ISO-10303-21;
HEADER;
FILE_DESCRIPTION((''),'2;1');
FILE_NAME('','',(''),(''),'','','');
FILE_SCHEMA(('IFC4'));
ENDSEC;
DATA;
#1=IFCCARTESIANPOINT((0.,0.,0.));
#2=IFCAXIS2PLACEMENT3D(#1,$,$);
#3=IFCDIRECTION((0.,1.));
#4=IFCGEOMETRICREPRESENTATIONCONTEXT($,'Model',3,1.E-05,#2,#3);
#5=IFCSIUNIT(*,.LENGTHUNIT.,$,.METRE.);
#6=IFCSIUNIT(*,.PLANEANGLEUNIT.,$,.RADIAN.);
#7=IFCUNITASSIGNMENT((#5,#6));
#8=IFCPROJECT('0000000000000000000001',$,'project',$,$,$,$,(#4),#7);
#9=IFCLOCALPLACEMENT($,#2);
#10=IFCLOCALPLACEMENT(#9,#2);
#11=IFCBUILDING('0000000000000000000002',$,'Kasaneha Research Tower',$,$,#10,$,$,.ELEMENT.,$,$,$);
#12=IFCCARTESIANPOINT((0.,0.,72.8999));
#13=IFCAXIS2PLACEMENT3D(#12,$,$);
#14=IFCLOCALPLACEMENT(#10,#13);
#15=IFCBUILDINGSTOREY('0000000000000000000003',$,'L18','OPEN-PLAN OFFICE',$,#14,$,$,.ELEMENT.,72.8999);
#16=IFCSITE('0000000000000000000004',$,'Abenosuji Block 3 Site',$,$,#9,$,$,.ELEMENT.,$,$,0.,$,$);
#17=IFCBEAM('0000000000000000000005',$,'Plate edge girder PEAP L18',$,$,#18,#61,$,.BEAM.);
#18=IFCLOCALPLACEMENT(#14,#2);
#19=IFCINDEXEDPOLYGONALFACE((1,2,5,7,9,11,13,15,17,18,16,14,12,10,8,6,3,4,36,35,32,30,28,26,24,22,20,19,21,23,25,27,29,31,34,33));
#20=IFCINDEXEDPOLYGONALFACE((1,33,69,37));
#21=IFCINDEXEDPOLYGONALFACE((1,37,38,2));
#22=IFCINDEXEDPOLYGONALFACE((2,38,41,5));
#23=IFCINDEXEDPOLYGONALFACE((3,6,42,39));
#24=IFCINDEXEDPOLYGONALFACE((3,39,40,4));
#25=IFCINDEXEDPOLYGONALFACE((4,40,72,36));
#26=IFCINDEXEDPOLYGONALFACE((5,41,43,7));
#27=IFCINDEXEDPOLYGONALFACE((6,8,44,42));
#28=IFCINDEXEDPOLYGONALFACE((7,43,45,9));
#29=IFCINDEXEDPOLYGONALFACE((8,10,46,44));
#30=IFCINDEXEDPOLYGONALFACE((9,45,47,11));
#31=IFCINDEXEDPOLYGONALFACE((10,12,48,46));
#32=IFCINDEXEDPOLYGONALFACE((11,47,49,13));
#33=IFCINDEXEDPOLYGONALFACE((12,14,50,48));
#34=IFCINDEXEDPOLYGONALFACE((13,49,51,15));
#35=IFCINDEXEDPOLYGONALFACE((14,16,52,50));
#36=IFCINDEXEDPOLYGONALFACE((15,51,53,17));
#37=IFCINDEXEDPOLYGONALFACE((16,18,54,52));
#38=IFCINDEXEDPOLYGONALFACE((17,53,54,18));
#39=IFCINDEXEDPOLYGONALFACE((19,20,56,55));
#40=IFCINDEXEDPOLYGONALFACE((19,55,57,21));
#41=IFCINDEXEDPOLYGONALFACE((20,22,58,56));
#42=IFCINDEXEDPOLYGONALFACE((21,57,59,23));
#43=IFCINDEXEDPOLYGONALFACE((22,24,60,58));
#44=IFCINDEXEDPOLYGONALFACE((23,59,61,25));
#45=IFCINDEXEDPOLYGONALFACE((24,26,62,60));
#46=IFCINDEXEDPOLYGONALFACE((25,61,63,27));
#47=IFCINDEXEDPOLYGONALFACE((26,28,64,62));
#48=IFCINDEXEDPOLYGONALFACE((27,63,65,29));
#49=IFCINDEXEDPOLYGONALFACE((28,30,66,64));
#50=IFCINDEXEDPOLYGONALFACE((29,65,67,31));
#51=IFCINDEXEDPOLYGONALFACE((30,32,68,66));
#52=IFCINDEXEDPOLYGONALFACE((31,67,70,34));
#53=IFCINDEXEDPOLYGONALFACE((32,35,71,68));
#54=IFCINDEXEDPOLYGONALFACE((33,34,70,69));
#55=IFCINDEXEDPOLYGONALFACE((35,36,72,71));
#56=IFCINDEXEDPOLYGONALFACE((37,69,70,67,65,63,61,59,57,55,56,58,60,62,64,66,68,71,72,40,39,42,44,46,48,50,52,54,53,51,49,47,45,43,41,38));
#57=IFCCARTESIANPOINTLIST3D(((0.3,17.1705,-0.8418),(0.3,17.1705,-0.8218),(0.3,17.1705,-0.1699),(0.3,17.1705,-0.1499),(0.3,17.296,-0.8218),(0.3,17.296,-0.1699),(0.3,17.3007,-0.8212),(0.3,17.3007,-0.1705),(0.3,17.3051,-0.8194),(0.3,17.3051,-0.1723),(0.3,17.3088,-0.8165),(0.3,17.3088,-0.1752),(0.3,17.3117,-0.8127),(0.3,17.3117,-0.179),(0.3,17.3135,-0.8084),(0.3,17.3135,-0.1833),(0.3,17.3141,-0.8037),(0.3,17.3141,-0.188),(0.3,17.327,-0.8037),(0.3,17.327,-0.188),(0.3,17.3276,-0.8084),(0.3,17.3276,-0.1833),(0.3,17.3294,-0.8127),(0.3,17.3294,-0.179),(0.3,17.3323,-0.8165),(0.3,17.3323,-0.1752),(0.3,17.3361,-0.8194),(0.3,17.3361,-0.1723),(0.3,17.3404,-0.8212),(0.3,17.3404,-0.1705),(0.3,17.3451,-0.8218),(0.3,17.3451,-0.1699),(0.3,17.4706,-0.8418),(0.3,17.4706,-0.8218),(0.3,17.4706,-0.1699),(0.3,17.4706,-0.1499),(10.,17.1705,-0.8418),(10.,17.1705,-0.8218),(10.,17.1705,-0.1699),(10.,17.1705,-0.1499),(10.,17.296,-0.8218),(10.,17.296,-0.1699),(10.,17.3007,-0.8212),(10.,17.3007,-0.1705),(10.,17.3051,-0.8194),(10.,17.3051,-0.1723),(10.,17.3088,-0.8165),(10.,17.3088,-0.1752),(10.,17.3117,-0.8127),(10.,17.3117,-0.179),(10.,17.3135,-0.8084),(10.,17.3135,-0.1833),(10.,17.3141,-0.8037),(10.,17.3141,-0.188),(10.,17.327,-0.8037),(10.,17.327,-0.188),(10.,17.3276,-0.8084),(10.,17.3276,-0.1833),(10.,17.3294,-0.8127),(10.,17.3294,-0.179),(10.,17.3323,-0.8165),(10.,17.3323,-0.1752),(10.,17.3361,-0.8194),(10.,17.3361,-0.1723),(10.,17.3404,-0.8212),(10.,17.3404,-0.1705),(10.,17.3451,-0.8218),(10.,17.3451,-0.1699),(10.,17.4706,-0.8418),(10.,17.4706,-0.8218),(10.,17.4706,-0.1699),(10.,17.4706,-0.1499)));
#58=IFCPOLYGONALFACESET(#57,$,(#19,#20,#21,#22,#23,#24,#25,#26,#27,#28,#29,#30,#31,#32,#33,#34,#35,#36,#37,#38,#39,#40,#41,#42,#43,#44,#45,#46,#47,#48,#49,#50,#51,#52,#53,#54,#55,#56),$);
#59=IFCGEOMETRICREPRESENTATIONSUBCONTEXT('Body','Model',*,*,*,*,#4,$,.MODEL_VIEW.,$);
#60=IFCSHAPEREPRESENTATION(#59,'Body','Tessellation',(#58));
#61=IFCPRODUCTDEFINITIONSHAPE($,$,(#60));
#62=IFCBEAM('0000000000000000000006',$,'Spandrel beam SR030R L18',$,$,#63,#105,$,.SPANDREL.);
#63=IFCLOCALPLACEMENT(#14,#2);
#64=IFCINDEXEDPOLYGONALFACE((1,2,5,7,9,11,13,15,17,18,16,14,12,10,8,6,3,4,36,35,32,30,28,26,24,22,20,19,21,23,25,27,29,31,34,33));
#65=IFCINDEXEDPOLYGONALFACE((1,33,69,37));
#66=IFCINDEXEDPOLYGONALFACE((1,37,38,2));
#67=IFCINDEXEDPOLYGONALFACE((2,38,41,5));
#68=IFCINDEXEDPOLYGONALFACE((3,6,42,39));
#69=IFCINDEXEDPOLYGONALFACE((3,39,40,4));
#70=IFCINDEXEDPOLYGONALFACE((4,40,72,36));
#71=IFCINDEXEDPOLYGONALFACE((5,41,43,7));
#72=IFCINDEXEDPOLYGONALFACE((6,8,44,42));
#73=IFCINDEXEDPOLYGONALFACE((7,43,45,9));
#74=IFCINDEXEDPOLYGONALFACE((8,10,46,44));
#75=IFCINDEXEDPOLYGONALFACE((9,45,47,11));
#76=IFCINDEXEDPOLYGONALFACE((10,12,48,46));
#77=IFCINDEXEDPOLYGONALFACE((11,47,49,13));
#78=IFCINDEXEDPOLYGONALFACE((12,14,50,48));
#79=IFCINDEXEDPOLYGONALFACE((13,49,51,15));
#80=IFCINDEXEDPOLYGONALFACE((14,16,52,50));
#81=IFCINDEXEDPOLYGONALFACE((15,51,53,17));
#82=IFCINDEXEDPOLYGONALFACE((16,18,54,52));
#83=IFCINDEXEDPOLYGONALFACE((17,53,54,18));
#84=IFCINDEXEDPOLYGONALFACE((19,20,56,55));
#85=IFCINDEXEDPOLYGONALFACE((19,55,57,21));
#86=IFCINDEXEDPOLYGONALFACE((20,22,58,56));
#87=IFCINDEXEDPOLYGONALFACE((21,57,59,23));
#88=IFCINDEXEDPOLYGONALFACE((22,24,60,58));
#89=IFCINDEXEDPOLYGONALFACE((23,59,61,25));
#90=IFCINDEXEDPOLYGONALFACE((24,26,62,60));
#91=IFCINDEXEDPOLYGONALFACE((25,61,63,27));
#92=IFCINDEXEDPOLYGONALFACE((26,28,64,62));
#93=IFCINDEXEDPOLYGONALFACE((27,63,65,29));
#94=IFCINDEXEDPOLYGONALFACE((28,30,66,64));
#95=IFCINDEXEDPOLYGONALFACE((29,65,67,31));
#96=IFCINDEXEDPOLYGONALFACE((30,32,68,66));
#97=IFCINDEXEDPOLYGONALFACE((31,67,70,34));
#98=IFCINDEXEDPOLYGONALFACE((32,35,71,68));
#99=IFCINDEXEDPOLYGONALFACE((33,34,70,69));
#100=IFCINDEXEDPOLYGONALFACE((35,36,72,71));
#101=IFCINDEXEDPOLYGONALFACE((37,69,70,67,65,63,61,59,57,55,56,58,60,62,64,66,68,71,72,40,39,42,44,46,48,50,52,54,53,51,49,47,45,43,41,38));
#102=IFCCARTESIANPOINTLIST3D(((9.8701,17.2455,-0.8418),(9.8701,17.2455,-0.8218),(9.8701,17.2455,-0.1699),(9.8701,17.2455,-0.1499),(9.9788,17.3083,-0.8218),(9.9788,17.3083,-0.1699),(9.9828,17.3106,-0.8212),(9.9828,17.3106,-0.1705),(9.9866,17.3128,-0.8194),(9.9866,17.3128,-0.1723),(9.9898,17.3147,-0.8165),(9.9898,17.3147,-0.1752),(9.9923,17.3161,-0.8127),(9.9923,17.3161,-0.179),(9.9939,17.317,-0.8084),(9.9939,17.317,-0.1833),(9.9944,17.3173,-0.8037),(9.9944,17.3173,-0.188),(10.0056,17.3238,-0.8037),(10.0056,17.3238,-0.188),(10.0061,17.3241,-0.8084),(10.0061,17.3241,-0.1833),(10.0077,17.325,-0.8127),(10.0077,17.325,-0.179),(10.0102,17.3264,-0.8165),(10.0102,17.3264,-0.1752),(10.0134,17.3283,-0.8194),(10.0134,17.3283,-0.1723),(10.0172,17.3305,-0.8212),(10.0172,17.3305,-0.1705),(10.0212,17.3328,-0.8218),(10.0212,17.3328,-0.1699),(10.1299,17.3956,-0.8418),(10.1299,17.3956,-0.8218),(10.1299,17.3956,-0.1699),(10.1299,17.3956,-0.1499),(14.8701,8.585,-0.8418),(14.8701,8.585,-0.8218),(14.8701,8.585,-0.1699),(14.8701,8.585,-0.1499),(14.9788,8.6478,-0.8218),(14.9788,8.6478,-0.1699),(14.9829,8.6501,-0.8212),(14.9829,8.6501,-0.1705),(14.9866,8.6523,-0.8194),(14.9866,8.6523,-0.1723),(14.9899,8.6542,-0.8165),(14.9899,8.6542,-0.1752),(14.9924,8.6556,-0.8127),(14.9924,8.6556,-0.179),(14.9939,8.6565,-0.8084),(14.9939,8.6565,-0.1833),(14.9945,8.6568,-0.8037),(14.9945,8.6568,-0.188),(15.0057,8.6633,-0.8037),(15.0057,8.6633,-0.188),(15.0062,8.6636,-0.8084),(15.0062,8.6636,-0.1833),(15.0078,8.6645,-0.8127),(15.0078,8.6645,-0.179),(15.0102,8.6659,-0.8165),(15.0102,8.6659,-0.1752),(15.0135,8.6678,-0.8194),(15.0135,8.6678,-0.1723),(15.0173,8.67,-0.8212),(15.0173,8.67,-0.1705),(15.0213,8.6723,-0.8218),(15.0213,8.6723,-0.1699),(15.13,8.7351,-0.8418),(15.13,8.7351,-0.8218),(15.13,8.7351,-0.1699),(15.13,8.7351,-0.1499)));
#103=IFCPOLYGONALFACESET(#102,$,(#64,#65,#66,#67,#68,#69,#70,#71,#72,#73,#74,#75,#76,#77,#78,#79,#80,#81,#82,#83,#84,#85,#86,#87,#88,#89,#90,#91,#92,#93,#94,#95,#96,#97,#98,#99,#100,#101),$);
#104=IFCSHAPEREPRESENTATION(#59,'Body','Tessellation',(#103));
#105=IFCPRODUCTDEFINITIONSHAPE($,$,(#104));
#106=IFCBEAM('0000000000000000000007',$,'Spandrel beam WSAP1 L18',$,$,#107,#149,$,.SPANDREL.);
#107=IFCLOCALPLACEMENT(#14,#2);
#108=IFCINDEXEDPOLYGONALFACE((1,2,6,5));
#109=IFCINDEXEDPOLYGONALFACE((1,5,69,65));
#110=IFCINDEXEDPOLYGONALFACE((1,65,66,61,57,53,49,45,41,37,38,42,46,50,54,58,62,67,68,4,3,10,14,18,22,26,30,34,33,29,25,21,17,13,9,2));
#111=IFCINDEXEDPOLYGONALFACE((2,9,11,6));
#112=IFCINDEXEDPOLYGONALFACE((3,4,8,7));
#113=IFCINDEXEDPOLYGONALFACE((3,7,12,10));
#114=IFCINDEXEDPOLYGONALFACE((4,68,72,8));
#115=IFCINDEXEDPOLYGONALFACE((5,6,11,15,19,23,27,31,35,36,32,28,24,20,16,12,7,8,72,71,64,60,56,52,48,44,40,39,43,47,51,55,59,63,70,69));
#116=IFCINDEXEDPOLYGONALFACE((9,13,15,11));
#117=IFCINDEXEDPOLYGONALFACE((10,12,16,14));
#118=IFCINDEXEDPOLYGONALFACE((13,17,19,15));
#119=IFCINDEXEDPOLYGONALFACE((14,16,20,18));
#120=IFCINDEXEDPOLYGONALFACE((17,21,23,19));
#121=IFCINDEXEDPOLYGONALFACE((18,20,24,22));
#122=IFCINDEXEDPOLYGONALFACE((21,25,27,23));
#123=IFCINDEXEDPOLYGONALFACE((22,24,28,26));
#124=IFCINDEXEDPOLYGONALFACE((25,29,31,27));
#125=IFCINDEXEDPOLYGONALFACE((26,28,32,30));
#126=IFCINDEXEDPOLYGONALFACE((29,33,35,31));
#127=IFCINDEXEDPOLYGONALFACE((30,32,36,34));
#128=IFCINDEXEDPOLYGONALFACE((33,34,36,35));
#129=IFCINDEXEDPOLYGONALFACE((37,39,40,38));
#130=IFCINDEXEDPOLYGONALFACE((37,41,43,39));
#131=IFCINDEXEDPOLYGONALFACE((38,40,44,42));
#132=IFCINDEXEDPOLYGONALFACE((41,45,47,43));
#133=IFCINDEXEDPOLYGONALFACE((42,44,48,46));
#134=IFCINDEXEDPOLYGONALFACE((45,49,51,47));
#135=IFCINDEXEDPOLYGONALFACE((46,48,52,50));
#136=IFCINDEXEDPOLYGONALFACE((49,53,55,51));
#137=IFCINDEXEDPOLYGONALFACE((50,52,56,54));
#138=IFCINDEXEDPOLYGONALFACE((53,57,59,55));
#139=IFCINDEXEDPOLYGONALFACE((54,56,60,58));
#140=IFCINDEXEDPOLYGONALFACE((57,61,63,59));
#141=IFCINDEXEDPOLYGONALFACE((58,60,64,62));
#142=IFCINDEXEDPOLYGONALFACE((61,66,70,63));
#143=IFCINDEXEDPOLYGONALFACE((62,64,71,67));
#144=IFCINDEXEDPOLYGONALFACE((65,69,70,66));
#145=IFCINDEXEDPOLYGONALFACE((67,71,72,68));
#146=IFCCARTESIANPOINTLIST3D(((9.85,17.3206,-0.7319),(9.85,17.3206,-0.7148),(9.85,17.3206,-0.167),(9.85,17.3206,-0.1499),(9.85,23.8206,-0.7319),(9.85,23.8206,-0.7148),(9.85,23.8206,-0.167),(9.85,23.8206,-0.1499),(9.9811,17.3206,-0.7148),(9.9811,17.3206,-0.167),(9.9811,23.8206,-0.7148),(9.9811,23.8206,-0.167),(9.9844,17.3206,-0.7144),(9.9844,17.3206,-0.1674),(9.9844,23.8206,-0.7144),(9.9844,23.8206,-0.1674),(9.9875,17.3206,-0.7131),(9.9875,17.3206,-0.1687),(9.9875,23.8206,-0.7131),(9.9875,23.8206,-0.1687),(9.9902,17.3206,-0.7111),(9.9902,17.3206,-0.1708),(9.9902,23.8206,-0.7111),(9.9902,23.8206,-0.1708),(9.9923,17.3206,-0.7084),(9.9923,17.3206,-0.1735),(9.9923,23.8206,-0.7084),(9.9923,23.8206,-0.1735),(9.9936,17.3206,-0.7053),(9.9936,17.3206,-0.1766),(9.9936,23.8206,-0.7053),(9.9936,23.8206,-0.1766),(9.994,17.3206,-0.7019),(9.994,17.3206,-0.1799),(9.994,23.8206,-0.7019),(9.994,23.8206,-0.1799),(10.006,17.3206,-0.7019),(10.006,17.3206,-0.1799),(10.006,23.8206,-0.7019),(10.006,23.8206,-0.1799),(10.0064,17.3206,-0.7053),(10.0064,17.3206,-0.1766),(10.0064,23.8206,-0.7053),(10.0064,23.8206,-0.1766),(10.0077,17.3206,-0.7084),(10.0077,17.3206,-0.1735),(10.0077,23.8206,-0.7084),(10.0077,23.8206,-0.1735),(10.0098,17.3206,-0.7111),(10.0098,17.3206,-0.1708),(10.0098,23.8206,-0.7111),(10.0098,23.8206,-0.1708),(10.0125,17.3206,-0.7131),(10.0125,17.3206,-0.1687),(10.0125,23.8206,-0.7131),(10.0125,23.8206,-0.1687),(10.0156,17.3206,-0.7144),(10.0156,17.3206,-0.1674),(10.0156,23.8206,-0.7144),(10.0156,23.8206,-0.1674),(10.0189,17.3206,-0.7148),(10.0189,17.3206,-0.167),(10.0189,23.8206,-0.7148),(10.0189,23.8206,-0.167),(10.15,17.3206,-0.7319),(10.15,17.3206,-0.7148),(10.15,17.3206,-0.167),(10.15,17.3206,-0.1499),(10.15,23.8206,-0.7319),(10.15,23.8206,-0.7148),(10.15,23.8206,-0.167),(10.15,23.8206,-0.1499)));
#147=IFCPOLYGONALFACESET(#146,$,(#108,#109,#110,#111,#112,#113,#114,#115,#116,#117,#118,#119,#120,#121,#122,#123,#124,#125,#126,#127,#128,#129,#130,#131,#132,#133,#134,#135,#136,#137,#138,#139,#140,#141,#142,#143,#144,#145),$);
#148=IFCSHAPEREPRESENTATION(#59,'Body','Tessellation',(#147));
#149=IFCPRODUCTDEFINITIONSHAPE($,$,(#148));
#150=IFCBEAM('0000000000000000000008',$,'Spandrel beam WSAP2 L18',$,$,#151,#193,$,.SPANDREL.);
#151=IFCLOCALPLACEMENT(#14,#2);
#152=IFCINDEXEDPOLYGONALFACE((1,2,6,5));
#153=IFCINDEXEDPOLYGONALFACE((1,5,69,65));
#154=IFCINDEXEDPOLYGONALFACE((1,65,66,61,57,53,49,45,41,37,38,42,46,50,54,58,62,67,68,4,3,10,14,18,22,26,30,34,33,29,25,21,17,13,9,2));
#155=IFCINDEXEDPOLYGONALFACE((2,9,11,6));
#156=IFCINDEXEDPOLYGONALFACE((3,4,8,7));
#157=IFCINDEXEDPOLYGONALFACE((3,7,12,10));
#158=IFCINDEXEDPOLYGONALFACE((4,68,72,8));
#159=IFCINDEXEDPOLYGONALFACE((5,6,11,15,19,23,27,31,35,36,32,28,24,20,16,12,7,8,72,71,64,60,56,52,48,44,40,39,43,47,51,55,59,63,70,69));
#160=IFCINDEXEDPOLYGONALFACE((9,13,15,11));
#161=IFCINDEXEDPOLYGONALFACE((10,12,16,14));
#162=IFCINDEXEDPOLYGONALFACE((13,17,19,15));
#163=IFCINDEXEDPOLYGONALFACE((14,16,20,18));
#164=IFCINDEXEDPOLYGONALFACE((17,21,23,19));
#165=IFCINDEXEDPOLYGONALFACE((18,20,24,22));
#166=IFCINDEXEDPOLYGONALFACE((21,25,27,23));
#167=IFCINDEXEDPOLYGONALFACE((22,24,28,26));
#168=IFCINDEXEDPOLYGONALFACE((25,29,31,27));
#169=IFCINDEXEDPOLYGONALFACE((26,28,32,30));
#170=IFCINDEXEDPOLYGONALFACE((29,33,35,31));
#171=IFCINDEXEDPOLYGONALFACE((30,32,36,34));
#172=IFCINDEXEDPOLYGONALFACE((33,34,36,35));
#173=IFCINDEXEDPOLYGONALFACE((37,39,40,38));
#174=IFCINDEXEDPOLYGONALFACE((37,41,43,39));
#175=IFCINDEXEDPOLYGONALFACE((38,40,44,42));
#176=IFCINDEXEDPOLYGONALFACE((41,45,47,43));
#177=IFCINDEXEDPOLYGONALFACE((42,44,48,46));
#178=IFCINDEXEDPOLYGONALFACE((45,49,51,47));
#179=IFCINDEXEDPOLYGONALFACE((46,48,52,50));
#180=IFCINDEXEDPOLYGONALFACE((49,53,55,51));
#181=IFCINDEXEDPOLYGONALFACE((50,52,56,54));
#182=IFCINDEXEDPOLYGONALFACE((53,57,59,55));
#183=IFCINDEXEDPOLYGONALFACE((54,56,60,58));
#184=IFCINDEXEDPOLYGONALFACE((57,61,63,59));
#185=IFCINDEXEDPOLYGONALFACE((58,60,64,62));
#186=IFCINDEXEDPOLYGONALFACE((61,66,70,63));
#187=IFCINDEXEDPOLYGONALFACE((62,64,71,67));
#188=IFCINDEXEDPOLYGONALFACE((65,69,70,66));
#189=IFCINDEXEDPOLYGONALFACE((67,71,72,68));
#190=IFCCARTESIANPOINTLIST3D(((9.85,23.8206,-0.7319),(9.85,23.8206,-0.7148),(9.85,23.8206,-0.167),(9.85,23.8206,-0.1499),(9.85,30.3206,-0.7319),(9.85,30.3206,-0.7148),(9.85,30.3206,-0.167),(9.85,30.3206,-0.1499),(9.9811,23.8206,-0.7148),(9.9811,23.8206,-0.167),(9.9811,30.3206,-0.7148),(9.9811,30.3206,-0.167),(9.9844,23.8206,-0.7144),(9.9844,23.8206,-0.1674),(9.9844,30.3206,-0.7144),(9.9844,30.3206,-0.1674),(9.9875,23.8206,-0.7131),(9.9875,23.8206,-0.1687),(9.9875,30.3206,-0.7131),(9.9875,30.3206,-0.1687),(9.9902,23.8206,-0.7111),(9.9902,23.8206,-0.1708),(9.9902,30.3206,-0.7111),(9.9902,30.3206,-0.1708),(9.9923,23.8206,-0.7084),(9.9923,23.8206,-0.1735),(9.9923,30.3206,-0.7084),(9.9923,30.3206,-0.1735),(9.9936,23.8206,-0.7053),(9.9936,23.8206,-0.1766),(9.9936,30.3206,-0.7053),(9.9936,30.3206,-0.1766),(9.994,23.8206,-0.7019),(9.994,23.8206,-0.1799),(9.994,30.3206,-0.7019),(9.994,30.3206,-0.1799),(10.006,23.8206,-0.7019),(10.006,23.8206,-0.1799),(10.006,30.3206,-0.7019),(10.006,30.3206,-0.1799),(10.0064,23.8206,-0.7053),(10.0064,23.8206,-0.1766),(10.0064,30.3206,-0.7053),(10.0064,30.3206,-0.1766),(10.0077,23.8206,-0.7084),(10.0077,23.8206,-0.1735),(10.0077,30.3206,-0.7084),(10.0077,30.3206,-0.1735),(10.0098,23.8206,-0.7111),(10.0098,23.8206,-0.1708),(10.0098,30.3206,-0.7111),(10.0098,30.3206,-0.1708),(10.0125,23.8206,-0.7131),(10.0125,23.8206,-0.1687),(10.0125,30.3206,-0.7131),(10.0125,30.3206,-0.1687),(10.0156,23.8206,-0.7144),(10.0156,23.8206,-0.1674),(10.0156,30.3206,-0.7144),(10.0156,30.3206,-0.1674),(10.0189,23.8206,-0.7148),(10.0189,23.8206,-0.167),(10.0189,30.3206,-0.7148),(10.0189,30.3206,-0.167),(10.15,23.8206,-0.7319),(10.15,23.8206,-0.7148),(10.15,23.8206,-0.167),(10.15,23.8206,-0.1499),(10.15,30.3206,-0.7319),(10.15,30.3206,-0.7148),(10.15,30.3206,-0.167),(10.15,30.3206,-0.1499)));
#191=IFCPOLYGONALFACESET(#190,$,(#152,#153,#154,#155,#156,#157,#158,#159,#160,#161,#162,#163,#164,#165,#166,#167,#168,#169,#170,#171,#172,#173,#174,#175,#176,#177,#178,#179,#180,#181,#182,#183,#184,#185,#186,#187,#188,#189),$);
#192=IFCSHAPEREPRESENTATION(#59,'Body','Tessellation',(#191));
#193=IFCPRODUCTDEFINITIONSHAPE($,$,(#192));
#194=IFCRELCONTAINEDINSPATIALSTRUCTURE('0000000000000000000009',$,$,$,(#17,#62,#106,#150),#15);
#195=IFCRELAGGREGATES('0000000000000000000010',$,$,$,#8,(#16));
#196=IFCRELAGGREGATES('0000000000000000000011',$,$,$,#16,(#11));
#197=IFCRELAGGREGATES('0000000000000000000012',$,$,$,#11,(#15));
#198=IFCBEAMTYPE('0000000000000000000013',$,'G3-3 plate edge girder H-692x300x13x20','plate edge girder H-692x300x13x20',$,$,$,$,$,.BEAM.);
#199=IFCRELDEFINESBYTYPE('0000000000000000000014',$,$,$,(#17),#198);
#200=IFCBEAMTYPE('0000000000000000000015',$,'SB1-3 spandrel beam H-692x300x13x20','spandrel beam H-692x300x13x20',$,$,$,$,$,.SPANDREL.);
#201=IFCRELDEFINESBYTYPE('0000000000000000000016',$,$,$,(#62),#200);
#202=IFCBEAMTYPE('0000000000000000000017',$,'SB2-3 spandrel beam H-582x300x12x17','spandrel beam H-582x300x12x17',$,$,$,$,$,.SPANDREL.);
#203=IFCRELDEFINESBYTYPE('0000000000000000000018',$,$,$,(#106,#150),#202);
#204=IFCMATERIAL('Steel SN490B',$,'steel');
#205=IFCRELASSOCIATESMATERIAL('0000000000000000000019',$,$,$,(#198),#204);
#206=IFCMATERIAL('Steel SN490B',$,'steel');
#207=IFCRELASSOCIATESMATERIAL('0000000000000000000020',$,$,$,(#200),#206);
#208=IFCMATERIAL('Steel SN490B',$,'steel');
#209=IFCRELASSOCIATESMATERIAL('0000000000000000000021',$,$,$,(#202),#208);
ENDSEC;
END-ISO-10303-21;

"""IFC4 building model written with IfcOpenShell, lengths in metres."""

from ifc_helpers import new_model, si_unit, direction, frame, origin, origin_2d, place, context, subcontext, project, spatial, i_section, extrude, material, material_profile, profile_set, type_object, element, save


model = new_model("IFC4")

# Units and contexts
model_context = context("Model", 3, precision=1e-05, world=origin(), true_north=direction((0.0, 1.0)))
body_context = subcontext(model_context, "Body", "Model", "MODEL_VIEW")
ifc_project = project(units=[si_unit("LENGTHUNIT", "METRE"), si_unit("PLANEANGLEUNIT", "RADIAN")], contexts=[model_context])

# Site, building, storey
site_placement = place(None, origin())
site = spatial("IfcSite", under=ifc_project, at=site_placement, Name="Abenosuji Block 3 Site", CompositionType="ELEMENT", RefElevation=0.0)
building_placement = place(site_placement, origin())
building = spatial("IfcBuilding", under=site, at=building_placement, Name="Kasaneha Research Tower", CompositionType="ELEMENT")
storey_placement = place(building_placement, frame((0.0, 0.0, 72.8999)))
storey = spatial("IfcBuildingStorey", under=building, at=storey_placement, Name="L18", Description="OPEN-PLAN OFFICE", CompositionType="ELEMENT", Elevation=72.8999)

# Beams
ifc_material_1 = material(Name="Steel SN490B", Category="steel")
ifc_material_profile_1 = material_profile(ifc_material_1, i_section(OverallWidth=0.3, OverallDepth=0.6919, WebThickness=0.0129, FlangeThickness=0.02, FilletRadius=0.0181, at=origin_2d()), Name="H-692x300x13x20")
ifc_profile_set_1 = profile_set([ifc_material_profile_1], Name="Steel SN490B")
beam_type_1 = type_object("IfcBeamType", Name="G3-3 plate edge girder H-692x300x13x20", Description="plate edge girder H-692x300x13x20", PredefinedType="BEAM", material=ifc_profile_set_1)
beam_1_placement = place(storey_placement, frame((10.0, 17.3206, -0.4958), z_axis=(-1.0, 0.0, 0.0), x_axis=(0.0, -1.0, 0.0)))
element("IfcBeam", 1, at=beam_1_placement, inside=storey, type_object=beam_type_1, Name="Plate edge girder PEAP L18", PredefinedType="BEAM", context=body_context, shape_type="SweptSolid", body=[
    extrude(i_section(OverallWidth=0.3, OverallDepth=0.6919, WebThickness=0.0129, FlangeThickness=0.02, FilletRadius=0.0181, at=origin_2d()), origin(), (0.0, 0.0, 1.0), 9.7),
])
ifc_material_2 = material(Name="Steel SN490B", Category="steel")
ifc_material_profile_2 = material_profile(ifc_material_2, i_section(OverallWidth=0.3, OverallDepth=0.6919, WebThickness=0.0129, FlangeThickness=0.02, FilletRadius=0.0181, at=origin_2d()), Name="H-692x300x13x20")
ifc_profile_set_2 = profile_set([ifc_material_profile_2], Name="Steel SN490B")
beam_type_2 = type_object("IfcBeamType", Name="SB1-3 spandrel beam H-692x300x13x20", Description="spandrel beam H-692x300x13x20", PredefinedType="SPANDREL", material=ifc_profile_set_2)
beam_2_placement = place(storey_placement, frame((10.0, 17.3206, -0.4958), z_axis=(0.499994, -0.866029, 0.0), x_axis=(0.866029, 0.499994, 0.0)))
element("IfcBeam", 2, at=beam_2_placement, inside=storey, type_object=beam_type_2, Name="Spandrel beam SR030R L18", PredefinedType="SPANDREL", context=body_context, shape_type="SweptSolid", body=[
    extrude(i_section(OverallWidth=0.3, OverallDepth=0.6919, WebThickness=0.0129, FlangeThickness=0.02, FilletRadius=0.0181, at=origin_2d()), origin(), (0.0, 0.0, 1.0), 10.0002),
])
ifc_material_3 = material(Name="Steel SN490B", Category="steel")
ifc_material_profile_3 = material_profile(ifc_material_3, i_section(OverallWidth=0.3, OverallDepth=0.582, WebThickness=0.012, FlangeThickness=0.0171, FilletRadius=0.0129, at=origin_2d()), Name="H-582x300x12x17")
ifc_profile_set_3 = profile_set([ifc_material_profile_3], Name="Steel SN490B")
beam_type_3 = type_object("IfcBeamType", Name="SB2-3 spandrel beam H-582x300x12x17", Description="spandrel beam H-582x300x12x17", PredefinedType="SPANDREL", material=ifc_profile_set_3)
for number, where, z_axis, x_axis, name in (
    (3, (10.0, 17.3206, -0.4409), (0.0, 1.0, 0.0), (-1.0, 0.0, 0.0), "Spandrel beam WSAP1 L18"),
    (4, (10.0, 23.8206, -0.4409), (0.0, 1.0, 0.0), (-1.0, 0.0, 0.0), "Spandrel beam WSAP2 L18"),
):
    element("IfcBeam", number, at=place(storey_placement, frame(where, z_axis=z_axis, x_axis=x_axis)), inside=storey, type_object=beam_type_3, Name=name, PredefinedType="SPANDREL", context=body_context, shape_type="SweptSolid", body=[
        extrude(i_section(OverallWidth=0.3, OverallDepth=0.582, WebThickness=0.012, FlangeThickness=0.0171, FilletRadius=0.0129, at=origin_2d()), origin(), (0.0, 0.0, 1.0), 6.5),
    ])

save(model, "model.ifc")
